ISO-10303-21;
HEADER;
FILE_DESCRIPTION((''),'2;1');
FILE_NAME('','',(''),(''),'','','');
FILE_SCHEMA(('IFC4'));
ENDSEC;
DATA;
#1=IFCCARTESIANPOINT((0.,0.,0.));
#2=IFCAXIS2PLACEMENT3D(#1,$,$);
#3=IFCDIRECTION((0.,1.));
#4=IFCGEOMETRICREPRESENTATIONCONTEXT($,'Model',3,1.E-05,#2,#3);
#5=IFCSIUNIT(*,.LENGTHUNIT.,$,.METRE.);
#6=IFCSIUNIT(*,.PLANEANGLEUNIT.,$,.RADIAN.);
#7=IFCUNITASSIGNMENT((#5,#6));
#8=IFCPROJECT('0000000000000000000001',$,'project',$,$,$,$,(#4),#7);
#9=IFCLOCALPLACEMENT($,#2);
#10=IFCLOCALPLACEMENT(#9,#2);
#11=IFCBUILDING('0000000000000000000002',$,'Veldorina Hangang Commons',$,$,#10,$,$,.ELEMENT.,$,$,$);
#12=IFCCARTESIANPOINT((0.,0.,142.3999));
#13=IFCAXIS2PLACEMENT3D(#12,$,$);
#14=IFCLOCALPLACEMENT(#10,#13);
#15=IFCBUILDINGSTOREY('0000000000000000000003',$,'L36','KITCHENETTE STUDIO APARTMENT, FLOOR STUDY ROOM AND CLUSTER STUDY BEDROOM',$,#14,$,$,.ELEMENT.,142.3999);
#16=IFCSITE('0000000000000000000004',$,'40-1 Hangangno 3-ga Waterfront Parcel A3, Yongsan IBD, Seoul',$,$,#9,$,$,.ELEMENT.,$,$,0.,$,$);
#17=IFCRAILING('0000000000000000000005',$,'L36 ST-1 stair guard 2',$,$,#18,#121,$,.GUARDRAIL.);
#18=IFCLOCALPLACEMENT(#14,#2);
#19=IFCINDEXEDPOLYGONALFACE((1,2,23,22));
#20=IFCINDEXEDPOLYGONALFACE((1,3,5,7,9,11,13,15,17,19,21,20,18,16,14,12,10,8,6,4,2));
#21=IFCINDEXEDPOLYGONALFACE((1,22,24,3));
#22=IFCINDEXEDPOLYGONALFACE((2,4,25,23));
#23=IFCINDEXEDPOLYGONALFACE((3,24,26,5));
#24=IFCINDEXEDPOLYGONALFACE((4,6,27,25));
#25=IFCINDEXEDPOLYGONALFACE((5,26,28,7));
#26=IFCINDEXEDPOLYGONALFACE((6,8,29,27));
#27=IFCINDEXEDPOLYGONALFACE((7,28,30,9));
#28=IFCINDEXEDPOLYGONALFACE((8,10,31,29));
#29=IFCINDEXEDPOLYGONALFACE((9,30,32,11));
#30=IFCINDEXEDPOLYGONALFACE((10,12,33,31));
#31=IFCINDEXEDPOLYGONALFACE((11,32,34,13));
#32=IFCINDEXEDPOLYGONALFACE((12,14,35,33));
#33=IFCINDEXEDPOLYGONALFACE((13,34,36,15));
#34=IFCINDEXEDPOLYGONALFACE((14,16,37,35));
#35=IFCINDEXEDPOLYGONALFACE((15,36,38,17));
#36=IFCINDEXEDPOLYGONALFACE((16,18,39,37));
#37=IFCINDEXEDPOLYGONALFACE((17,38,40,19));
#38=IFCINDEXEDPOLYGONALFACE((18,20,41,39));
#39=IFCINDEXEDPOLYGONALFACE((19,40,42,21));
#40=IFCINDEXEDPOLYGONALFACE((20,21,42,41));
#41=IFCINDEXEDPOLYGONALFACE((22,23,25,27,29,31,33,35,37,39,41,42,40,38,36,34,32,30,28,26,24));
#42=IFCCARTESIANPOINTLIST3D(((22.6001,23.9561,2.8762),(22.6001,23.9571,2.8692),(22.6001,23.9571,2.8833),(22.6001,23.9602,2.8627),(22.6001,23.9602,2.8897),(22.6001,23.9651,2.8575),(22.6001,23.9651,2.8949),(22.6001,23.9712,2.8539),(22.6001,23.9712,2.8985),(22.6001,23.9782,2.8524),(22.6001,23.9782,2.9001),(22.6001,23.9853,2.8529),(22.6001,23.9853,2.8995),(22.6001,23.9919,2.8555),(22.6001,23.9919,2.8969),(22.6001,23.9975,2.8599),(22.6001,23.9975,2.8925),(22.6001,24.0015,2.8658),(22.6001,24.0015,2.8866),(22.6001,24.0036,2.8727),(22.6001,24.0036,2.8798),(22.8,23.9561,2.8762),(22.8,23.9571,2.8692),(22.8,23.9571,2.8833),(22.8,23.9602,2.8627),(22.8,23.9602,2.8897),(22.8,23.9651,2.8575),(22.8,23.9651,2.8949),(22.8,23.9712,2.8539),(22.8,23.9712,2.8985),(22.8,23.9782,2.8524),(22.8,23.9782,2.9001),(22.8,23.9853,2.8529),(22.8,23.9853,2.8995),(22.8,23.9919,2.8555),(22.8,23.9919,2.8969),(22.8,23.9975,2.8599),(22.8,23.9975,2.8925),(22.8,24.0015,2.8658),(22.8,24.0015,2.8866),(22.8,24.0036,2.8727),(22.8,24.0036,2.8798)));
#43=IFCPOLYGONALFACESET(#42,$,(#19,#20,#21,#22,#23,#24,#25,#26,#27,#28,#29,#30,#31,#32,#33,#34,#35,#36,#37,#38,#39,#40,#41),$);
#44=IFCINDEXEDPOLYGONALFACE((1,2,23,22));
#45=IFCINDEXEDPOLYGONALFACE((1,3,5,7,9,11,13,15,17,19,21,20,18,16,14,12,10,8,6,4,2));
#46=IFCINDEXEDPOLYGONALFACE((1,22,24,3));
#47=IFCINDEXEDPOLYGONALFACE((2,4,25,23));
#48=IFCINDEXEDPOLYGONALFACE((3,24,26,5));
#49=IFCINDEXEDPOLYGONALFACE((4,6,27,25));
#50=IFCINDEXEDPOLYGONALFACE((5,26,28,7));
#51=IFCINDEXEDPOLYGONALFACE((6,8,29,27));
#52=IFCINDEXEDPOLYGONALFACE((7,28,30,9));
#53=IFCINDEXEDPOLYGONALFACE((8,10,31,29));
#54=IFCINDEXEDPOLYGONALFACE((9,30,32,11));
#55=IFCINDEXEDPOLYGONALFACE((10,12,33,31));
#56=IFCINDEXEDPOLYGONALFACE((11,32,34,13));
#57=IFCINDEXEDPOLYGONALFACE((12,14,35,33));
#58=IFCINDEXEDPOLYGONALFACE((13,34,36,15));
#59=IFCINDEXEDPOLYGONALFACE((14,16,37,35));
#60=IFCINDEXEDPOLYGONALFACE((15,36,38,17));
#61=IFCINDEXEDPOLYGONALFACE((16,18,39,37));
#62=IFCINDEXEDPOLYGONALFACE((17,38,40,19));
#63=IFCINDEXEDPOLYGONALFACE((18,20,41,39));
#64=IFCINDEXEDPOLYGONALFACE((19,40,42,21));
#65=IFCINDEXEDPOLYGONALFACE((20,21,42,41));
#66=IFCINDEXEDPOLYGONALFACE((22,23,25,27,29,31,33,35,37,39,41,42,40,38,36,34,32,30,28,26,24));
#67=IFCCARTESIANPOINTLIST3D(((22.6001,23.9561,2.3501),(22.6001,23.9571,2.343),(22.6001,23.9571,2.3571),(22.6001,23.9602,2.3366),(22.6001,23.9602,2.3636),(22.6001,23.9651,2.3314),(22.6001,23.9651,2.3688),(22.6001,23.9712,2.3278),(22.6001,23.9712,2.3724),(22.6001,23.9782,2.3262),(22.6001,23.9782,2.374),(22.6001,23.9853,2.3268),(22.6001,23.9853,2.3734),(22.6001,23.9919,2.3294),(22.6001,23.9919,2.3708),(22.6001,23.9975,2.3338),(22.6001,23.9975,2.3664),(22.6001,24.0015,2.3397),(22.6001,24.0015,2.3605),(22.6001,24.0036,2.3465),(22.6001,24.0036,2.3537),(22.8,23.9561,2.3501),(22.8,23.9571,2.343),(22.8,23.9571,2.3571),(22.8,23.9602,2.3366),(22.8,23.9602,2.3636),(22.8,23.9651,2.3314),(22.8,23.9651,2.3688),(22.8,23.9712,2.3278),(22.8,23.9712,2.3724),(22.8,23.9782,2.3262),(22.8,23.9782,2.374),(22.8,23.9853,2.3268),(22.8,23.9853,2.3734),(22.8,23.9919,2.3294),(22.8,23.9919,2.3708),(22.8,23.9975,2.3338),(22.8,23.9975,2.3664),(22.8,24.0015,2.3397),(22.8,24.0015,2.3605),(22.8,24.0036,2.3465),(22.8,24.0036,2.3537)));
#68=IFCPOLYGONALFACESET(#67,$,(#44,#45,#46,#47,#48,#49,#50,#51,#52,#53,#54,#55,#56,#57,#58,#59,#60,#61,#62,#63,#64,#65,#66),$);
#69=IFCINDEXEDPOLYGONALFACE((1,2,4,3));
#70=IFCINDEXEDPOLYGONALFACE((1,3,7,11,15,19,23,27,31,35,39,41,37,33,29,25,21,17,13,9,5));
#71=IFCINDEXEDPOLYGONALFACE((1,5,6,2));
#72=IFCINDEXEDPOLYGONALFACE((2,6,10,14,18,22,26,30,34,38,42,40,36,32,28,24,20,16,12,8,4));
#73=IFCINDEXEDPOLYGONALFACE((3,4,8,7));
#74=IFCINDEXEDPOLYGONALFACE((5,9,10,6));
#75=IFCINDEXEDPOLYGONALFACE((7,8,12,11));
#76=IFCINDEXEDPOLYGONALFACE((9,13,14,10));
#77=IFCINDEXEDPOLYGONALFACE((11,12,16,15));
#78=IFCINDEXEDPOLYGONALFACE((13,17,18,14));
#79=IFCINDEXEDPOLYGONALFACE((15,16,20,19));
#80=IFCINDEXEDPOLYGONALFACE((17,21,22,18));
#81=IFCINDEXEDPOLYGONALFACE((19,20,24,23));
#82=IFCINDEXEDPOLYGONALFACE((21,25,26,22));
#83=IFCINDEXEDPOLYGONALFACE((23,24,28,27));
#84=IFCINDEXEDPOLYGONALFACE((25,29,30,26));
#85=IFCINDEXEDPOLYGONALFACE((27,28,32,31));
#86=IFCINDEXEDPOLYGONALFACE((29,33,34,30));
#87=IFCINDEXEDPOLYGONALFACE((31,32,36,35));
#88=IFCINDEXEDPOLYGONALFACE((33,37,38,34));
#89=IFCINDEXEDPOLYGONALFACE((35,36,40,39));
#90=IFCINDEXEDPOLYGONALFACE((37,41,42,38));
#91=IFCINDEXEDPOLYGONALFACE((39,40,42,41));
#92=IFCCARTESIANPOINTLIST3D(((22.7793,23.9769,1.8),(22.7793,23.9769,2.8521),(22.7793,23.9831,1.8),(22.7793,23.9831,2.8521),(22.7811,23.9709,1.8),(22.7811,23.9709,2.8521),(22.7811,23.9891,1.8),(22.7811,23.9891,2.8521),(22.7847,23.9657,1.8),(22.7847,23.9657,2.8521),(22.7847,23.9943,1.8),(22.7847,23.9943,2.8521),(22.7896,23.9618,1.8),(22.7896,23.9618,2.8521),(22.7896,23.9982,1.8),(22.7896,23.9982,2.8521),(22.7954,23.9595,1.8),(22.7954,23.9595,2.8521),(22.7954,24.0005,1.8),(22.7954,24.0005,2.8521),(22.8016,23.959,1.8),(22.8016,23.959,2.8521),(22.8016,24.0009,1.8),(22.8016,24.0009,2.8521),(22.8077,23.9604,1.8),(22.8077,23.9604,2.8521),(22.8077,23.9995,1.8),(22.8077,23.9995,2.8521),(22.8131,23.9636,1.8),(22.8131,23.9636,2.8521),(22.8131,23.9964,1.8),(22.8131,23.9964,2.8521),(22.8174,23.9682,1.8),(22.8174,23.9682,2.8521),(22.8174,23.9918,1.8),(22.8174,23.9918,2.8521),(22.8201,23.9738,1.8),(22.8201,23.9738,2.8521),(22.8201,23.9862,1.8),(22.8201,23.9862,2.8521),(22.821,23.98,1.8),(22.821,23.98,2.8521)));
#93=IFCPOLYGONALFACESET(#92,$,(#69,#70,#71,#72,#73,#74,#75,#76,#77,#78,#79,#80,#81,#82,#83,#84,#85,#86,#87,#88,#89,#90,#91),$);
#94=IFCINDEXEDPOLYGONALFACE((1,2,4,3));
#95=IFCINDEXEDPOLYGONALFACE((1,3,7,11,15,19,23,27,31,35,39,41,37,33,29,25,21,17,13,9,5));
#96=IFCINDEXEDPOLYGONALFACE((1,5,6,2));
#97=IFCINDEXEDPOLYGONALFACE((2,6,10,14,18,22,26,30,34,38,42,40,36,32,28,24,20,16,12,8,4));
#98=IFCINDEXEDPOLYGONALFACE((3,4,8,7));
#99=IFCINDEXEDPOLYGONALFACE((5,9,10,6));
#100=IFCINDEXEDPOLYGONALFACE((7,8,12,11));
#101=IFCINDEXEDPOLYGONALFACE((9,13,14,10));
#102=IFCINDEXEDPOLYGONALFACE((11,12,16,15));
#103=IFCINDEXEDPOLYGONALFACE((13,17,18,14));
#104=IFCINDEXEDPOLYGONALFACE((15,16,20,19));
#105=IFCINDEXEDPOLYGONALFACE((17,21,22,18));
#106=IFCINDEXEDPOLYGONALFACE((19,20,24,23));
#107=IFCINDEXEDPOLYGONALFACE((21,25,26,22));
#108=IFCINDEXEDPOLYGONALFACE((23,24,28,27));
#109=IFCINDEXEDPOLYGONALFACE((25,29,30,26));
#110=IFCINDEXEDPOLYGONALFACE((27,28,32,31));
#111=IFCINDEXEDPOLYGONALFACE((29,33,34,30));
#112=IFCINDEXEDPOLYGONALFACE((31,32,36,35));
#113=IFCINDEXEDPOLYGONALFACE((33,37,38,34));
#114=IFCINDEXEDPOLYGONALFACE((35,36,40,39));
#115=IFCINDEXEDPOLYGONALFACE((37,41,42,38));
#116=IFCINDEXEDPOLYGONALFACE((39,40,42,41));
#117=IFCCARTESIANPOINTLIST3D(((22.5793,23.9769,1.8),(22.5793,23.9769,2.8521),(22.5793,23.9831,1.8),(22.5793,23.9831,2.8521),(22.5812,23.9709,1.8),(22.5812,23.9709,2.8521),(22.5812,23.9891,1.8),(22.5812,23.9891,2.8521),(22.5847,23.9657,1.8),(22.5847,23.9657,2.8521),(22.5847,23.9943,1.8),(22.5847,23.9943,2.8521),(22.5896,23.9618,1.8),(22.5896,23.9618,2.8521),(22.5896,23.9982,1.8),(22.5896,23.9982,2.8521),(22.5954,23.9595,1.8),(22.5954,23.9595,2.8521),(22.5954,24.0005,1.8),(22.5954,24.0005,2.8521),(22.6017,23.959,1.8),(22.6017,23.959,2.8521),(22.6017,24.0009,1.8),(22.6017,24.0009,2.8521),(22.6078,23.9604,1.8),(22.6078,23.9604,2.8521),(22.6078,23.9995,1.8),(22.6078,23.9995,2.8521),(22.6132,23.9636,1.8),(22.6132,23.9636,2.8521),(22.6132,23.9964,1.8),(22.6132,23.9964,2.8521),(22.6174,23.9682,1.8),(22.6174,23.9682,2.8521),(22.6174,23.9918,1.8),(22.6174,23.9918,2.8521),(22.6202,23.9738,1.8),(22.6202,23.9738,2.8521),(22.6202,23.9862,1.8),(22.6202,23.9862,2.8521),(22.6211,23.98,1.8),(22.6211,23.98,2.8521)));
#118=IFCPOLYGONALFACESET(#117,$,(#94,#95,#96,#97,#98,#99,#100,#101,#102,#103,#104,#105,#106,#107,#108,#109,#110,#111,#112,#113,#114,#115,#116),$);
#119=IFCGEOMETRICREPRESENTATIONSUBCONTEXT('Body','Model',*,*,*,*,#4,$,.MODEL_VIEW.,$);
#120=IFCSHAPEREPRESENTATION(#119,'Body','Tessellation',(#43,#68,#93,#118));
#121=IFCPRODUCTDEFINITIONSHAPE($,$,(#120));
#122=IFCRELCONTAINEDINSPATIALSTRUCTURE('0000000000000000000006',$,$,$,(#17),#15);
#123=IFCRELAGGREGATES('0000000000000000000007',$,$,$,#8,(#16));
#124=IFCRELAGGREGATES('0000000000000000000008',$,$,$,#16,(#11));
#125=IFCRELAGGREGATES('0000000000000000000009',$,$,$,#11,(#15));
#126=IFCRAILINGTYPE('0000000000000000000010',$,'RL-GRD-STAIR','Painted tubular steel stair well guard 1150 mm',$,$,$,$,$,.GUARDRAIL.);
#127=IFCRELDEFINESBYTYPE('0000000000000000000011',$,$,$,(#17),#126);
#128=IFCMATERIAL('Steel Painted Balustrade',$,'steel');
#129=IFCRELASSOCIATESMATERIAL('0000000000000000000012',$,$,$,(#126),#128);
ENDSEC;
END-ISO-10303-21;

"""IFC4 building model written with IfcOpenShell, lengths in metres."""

from ifc_helpers import new_model, si_unit, direction, frame, origin, origin_2d, place, context, subcontext, project, spatial, circle, extrude, material, type_object, element, save


model = new_model("IFC4")

# Units and contexts
model_context = context("Model", 3, precision=1e-05, world=origin(), true_north=direction((0.0, 1.0)))
body_context = subcontext(model_context, "Body", "Model", "MODEL_VIEW")
ifc_project = project(units=[si_unit("LENGTHUNIT", "METRE"), si_unit("PLANEANGLEUNIT", "RADIAN")], contexts=[model_context])

# Site, building, storey
site_placement = place(None, origin())
site = spatial("IfcSite", under=ifc_project, at=site_placement, Name="40-1 Hangangno 3-ga Waterfront Parcel A3, Yongsan IBD, Seoul", CompositionType="ELEMENT", RefElevation=0.0)
building_placement = place(site_placement, origin())
building = spatial("IfcBuilding", under=site, at=building_placement, Name="Veldorina Hangang Commons", CompositionType="ELEMENT")
storey_placement = place(building_placement, frame((0.0, 0.0, 142.3999)))
storey = spatial("IfcBuildingStorey", under=building, at=storey_placement, Name="L36", Description="KITCHENETTE STUDIO APARTMENT, FLOOR STUDY ROOM AND CLUSTER STUDY BEDROOM", CompositionType="ELEMENT", Elevation=142.3999)

# Railing
ifc_material_1 = material(Name="Steel Painted Balustrade", Category="steel")
railing_type_1 = type_object("IfcRailingType", Name="RL-GRD-STAIR", Description="Painted tubular steel stair well guard 1150 mm", PredefinedType="GUARDRAIL", material=ifc_material_1)
railing_1_placement = place(storey_placement, frame((22.8, 23.98, 1.8)))
element("IfcRailing", 1, at=railing_1_placement, inside=storey, type_object=railing_type_1, Name="L36 ST-1 stair guard 2", PredefinedType="GUARDRAIL", context=body_context, shape_type="SweptSolid", body=[
    extrude(circle(Radius=0.0239, at=origin_2d()), frame((0.0, 0.0, 1.0762), z_axis=(-1.0, 0.0, 0.0), x_axis=(0.0, -1.0, 0.0)), (0.0, 0.0, 1.0), 0.2),
    extrude(circle(Radius=0.0239, at=origin_2d()), frame((0.0, 0.0, 0.55), z_axis=(-1.0, 0.0, 0.0), x_axis=(0.0, -1.0, 0.0)), (0.0, 0.0, 1.0), 0.2),
    extrude(circle(Radius=0.021, at=origin_2d()), origin(), (0.0, 0.0, 1.0), 1.052),
    extrude(circle(Radius=0.021, at=origin_2d()), frame((-0.2, 0.0, 0.0)), (0.0, 0.0, 1.0), 1.052),
])

save(model, "model.ifc")
